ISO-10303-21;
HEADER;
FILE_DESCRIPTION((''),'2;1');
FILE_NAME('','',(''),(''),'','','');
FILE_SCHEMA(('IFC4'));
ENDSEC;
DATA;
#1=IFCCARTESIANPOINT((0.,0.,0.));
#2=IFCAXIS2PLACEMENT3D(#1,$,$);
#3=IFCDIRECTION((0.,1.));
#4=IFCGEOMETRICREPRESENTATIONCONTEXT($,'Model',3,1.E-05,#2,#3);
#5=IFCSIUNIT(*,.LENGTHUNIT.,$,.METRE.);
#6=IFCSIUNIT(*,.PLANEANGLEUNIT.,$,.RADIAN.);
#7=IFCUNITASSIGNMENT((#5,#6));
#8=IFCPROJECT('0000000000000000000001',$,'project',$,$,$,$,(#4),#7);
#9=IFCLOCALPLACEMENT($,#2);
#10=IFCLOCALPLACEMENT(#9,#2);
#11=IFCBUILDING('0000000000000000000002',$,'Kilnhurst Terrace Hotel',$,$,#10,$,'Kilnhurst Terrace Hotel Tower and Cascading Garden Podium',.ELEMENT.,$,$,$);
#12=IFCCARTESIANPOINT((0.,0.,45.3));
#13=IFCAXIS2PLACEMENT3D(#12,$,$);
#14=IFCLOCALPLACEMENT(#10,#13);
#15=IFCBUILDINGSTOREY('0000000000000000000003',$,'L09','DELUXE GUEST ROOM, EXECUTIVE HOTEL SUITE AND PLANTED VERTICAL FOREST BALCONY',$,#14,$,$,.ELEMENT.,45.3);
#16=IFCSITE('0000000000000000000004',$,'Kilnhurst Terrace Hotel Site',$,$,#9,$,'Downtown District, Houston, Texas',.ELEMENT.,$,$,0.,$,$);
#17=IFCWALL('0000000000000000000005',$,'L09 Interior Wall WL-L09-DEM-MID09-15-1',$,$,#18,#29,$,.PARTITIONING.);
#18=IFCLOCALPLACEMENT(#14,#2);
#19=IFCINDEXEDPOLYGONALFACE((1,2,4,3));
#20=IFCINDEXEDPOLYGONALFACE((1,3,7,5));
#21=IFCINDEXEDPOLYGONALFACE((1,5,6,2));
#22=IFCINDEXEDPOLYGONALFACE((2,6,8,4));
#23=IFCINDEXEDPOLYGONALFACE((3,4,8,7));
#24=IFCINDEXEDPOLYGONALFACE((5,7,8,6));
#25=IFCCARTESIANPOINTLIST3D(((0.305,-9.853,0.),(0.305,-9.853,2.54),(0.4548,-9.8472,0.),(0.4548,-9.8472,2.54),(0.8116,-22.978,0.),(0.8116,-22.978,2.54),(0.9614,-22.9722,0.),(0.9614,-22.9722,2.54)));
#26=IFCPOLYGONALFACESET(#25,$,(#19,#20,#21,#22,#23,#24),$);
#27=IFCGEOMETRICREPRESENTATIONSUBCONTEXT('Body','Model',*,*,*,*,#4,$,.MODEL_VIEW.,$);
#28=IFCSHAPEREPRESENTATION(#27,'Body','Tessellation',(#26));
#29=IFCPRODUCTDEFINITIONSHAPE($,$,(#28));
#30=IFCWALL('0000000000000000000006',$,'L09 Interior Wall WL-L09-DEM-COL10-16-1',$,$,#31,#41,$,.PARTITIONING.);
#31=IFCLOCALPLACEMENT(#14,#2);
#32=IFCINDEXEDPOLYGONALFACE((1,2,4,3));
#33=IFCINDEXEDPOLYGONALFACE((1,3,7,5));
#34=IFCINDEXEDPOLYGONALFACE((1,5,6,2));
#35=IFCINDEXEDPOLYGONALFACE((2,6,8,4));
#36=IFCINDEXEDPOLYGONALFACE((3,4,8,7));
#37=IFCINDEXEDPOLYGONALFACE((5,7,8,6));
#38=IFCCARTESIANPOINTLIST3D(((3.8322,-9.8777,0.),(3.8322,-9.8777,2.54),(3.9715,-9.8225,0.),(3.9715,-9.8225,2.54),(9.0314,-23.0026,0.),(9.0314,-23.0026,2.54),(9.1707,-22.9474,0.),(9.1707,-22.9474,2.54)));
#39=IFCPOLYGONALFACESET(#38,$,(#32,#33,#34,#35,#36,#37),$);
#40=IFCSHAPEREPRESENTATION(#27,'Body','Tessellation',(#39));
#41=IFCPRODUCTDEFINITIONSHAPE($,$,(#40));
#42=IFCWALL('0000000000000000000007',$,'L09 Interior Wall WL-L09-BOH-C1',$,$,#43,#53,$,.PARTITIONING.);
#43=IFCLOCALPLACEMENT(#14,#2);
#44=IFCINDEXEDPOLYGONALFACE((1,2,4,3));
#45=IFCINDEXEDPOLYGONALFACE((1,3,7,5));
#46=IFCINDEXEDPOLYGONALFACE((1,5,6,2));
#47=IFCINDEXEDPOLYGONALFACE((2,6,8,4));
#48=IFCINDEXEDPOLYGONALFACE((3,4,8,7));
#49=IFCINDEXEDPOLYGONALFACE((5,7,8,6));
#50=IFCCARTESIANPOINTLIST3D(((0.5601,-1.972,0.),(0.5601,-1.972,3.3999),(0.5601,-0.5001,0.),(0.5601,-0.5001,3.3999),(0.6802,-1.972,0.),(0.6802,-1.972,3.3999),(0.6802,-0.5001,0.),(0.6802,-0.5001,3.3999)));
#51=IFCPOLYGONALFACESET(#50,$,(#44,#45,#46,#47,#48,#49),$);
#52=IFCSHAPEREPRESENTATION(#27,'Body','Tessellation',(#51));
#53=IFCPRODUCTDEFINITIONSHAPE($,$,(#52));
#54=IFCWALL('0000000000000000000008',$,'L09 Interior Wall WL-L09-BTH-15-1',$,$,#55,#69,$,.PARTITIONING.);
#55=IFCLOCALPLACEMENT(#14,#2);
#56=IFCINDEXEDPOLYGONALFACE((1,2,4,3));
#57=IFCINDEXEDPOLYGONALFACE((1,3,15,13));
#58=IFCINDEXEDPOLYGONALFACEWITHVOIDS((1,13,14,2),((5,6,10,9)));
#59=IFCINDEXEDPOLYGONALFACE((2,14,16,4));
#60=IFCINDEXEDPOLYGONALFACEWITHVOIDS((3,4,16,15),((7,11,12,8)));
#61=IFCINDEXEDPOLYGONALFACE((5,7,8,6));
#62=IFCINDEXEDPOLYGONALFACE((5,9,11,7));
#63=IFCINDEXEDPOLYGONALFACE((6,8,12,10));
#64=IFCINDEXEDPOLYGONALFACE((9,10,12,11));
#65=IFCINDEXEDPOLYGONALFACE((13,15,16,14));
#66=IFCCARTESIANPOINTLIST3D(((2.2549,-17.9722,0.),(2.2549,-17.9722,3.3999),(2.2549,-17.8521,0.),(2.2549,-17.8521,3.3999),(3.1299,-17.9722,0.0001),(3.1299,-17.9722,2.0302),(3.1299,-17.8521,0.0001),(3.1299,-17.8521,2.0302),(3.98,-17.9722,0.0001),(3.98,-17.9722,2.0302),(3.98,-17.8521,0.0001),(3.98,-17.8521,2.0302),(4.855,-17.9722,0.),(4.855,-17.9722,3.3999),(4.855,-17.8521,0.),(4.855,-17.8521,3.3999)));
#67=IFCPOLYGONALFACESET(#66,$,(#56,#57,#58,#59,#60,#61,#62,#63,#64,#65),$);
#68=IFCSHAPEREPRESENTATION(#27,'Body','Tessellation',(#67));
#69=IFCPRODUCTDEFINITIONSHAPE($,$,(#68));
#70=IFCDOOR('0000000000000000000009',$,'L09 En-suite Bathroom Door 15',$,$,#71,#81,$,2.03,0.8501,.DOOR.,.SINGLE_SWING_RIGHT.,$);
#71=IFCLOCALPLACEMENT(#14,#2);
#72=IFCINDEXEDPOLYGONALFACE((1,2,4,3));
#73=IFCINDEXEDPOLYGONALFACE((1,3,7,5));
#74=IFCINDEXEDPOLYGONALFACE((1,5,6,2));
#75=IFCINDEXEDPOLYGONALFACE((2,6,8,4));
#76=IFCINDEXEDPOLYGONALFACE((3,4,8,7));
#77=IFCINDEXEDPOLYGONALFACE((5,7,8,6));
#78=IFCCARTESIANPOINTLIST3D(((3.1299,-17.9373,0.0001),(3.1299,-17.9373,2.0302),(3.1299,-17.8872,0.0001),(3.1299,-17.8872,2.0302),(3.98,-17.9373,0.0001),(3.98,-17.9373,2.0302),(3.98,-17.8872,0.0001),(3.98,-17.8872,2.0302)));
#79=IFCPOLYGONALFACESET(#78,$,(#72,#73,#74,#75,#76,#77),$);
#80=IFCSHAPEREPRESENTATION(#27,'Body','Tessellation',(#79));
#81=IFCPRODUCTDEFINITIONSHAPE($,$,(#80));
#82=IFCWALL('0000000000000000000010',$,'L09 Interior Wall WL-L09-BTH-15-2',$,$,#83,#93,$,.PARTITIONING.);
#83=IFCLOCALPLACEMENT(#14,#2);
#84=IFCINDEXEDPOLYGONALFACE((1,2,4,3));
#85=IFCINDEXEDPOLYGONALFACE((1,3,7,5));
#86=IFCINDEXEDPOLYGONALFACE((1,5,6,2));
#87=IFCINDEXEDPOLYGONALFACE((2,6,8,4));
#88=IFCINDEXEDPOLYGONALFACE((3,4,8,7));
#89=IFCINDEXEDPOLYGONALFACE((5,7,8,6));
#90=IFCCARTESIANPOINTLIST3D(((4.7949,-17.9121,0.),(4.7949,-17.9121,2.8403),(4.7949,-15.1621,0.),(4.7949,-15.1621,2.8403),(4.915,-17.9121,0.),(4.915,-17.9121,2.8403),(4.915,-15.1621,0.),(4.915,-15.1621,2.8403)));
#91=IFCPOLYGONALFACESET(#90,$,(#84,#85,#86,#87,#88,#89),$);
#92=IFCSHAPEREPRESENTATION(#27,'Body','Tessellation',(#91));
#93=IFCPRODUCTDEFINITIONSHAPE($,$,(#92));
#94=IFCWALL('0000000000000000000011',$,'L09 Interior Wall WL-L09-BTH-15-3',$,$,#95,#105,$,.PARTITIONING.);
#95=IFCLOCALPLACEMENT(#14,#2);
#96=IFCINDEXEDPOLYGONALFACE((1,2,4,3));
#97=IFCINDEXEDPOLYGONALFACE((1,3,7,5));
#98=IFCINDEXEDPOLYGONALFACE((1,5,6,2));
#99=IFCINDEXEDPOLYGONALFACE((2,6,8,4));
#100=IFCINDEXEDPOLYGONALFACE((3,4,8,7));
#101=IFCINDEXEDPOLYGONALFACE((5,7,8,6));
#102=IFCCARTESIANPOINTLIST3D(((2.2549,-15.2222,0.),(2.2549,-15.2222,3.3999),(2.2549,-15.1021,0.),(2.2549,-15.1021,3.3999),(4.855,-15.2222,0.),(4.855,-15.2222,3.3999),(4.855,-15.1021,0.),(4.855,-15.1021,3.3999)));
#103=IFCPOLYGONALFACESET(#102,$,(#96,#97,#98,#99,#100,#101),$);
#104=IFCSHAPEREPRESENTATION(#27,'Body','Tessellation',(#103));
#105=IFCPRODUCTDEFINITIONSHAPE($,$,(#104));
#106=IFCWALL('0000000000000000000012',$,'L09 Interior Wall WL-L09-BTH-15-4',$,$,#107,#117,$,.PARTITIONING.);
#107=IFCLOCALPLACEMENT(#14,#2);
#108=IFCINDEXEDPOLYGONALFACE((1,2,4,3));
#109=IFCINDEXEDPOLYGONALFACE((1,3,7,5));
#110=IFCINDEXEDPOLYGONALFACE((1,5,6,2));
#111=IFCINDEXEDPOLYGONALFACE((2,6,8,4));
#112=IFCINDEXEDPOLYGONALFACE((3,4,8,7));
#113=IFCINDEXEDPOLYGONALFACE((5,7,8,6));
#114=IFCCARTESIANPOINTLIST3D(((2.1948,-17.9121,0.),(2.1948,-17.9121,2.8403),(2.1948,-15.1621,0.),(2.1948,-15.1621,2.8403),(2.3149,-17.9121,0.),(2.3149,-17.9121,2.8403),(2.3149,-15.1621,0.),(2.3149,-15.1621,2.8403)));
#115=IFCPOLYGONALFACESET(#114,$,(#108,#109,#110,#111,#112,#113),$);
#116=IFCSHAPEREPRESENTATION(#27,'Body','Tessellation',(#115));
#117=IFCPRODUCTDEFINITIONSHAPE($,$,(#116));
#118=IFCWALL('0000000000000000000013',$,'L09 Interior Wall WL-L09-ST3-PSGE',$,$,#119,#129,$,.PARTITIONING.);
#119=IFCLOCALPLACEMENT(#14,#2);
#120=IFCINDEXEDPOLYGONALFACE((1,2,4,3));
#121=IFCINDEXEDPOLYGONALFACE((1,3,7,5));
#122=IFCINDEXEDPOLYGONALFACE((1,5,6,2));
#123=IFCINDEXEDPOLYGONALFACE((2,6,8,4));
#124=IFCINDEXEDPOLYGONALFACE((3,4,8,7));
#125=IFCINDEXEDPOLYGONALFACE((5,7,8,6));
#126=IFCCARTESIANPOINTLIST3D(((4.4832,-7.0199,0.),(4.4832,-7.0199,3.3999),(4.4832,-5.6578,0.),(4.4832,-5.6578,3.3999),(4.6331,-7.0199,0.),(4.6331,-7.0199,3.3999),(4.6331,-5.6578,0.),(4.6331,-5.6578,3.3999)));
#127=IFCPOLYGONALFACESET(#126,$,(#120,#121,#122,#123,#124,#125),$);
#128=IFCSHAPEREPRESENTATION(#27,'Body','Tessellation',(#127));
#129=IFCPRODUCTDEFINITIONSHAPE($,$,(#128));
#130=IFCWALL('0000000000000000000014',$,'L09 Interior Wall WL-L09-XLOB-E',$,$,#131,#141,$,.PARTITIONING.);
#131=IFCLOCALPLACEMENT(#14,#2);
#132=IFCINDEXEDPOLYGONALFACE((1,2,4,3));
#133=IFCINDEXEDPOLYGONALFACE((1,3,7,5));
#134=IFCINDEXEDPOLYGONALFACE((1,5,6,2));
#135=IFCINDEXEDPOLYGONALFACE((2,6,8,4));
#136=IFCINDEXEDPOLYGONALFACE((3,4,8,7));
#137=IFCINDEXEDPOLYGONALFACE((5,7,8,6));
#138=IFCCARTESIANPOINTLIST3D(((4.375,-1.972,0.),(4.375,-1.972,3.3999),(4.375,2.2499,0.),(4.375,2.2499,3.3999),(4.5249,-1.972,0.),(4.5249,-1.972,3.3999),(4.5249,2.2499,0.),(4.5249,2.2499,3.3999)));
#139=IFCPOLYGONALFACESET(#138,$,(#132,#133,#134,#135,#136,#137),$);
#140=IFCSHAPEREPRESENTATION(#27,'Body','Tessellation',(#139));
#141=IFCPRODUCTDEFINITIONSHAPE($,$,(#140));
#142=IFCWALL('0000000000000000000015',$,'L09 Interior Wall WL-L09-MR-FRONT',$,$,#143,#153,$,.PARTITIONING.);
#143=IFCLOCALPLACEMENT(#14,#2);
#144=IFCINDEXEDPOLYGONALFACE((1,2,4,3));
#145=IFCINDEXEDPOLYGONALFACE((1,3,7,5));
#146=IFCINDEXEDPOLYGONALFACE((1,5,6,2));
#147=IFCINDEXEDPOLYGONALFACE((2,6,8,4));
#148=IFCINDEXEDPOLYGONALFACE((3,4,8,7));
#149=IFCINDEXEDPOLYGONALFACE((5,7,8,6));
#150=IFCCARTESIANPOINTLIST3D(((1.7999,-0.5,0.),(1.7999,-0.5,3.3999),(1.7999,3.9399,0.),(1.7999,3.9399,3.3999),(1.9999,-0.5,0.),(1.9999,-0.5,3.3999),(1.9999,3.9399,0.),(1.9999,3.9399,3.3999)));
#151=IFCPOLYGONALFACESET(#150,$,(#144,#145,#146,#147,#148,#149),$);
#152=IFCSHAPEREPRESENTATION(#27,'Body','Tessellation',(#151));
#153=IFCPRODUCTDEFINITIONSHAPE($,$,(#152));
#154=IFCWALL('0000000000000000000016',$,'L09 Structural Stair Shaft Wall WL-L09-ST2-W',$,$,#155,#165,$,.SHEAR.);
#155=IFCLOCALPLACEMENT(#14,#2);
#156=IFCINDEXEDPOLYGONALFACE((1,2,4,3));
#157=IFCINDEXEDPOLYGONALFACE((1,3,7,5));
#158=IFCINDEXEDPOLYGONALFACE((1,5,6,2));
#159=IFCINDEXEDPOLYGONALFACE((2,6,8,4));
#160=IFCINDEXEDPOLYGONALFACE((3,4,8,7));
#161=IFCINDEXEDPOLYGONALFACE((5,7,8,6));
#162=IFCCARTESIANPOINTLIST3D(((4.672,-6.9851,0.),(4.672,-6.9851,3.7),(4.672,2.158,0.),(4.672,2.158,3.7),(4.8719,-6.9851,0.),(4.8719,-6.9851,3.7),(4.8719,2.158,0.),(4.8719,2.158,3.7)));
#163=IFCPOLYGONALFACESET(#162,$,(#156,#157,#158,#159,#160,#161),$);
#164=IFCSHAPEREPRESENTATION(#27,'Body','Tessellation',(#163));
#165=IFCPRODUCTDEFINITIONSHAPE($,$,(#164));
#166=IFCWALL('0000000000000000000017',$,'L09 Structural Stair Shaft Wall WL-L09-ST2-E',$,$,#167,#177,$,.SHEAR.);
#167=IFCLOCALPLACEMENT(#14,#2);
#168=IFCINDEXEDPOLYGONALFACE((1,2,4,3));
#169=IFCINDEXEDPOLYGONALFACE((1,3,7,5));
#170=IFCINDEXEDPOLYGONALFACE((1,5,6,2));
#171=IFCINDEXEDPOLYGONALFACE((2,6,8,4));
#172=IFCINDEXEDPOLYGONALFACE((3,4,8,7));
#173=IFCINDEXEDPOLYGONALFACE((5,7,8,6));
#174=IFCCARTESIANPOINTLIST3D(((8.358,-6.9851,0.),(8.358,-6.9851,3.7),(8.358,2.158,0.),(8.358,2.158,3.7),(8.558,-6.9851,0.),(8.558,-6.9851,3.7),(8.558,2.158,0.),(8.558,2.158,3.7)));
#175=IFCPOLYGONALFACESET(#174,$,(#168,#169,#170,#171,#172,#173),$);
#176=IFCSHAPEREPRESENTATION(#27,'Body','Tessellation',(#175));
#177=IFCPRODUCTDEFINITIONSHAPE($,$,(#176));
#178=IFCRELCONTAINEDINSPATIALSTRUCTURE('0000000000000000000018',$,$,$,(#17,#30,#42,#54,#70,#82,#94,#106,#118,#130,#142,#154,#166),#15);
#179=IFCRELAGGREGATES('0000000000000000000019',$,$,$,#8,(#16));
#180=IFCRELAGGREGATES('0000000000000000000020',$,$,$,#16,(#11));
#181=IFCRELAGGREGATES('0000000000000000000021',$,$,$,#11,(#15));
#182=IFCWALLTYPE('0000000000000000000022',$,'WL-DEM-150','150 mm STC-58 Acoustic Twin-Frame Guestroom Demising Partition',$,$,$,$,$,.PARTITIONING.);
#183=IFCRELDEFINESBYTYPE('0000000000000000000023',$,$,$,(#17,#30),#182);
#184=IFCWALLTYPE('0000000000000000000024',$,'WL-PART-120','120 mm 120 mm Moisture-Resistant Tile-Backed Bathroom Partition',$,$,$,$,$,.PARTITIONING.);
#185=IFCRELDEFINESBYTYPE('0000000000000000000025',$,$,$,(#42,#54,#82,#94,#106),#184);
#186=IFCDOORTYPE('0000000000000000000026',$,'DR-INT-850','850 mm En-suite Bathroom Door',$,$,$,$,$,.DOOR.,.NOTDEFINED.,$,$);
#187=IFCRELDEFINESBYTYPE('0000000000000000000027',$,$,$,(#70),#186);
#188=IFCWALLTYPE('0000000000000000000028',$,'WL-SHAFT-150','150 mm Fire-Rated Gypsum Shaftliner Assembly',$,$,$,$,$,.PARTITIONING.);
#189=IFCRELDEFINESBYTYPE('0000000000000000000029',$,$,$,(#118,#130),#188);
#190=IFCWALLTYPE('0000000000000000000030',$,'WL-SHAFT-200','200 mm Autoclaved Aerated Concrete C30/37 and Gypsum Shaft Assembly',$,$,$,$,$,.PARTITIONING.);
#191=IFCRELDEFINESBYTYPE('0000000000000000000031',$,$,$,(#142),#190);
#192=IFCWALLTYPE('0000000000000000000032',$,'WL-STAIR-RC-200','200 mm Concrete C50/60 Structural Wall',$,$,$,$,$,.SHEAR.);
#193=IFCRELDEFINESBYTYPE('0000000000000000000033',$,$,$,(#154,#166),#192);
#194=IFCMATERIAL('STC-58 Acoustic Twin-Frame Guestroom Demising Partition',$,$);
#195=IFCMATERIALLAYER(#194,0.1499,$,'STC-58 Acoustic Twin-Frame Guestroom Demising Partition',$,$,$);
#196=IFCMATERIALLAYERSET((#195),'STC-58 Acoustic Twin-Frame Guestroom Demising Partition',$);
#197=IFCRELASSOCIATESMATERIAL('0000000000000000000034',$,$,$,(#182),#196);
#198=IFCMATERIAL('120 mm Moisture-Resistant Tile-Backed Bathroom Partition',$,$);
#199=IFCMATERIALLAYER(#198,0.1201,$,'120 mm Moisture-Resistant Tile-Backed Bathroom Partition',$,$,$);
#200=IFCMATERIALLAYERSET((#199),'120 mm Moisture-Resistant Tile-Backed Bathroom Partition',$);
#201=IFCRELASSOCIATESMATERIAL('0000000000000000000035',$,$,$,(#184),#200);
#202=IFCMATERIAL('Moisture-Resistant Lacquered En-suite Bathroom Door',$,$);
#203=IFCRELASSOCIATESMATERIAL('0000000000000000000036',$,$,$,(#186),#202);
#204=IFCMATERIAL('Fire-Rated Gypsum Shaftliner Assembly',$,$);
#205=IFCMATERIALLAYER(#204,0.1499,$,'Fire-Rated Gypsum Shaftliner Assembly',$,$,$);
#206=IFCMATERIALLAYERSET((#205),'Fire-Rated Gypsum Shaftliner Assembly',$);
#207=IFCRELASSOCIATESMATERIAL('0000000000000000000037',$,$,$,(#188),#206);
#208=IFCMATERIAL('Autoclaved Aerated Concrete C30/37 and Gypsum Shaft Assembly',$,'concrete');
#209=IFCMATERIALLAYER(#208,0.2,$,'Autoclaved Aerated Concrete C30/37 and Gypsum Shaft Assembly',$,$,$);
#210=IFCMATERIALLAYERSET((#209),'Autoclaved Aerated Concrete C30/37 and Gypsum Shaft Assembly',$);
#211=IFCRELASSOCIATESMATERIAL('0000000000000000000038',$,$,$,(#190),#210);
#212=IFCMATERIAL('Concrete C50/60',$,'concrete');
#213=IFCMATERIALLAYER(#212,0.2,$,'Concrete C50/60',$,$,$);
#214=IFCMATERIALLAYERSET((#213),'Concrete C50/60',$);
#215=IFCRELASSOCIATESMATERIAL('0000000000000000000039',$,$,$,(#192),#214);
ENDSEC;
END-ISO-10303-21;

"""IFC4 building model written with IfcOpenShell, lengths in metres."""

from ifc_helpers import new_model, si_unit, direction, frame, frame_2d, origin, place, context, subcontext, project, spatial, rectangle, extrude, material, layer, layer_set, type_object, element, fill, save


model = new_model("IFC4")

# Units and contexts
model_context = context("Model", 3, precision=1e-05, world=origin(), true_north=direction((0.0, 1.0)))
body_context = subcontext(model_context, "Body", "Model", "MODEL_VIEW")
ifc_project = project(units=[si_unit("LENGTHUNIT", "METRE"), si_unit("PLANEANGLEUNIT", "RADIAN")], contexts=[model_context])

# Site, building, storey
site_placement = place(None, origin())
site = spatial("IfcSite", under=ifc_project, at=site_placement, Name="Kilnhurst Terrace Hotel Site", LongName="Downtown District, Houston, Texas", CompositionType="ELEMENT", RefElevation=0.0)
building_placement = place(site_placement, origin())
building = spatial("IfcBuilding", under=site, at=building_placement, Name="Kilnhurst Terrace Hotel", LongName="Kilnhurst Terrace Hotel Tower and Cascading Garden Podium", CompositionType="ELEMENT")
storey_placement = place(building_placement, frame((0.0, 0.0, 45.3)))
storey = spatial("IfcBuildingStorey", under=building, at=storey_placement, Name="L09", Description="DELUXE GUEST ROOM, EXECUTIVE HOTEL SUITE AND PLANTED VERTICAL FOREST BALCONY", CompositionType="ELEMENT", Elevation=45.3)

# Shared definitions
ifc_material_1 = material(Name="Concrete C50/60", Category="concrete")

# Walls
ifc_material_2 = material(Name="STC-58 Acoustic Twin-Frame Guestroom Demising Partition")
ifc_layer_1 = layer(ifc_material_2, 0.1499, Name="STC-58 Acoustic Twin-Frame Guestroom Demising Partition")
ifc_layer_set_1 = layer_set([ifc_layer_1], Name="STC-58 Acoustic Twin-Frame Guestroom Demising Partition")
wall_type_1 = type_object("IfcWallType", Name="WL-DEM-150", Description="150 mm STC-58 Acoustic Twin-Frame Guestroom Demising Partition", PredefinedType="PARTITIONING", material=ifc_layer_set_1)
wall_1_placement = place(storey_placement, frame((0.3799, -9.8501, 0.0), z_axis=(0.0, 0.0, 1.0), x_axis=(0.038569, -0.999256, 0.0)))
element("IfcWall", 1, at=wall_1_placement, inside=storey, type_object=wall_type_1, Name="L09 Interior Wall WL-L09-DEM-MID09-15-1", PredefinedType="PARTITIONING", context=body_context, shape_type="SweptSolid", body=[
    extrude(rectangle(XDim=13.1348, YDim=0.1499, at=frame_2d((6.5674, 0.0))), origin(), (0.0, 0.0, 1.0), 2.54),
])
wall_2_placement = place(storey_placement, frame((3.9019, -9.8501, 0.0), z_axis=(0.0, 0.0, 1.0), x_axis=(0.368288, -0.929712, 0.0)))
element("IfcWall", 2, at=wall_2_placement, inside=storey, type_object=wall_type_1, Name="L09 Interior Wall WL-L09-DEM-COL10-16-1", PredefinedType="PARTITIONING", context=body_context, shape_type="SweptSolid", body=[
    extrude(rectangle(XDim=14.1172, YDim=0.1499, at=frame_2d((7.0586, 0.0))), origin(), (0.0, 0.0, 1.0), 2.54),
])
ifc_material_3 = material(Name="120 mm Moisture-Resistant Tile-Backed Bathroom Partition")
ifc_layer_2 = layer(ifc_material_3, 0.1201, Name="120 mm Moisture-Resistant Tile-Backed Bathroom Partition")
ifc_layer_set_2 = layer_set([ifc_layer_2], Name="120 mm Moisture-Resistant Tile-Backed Bathroom Partition")
wall_type_2 = type_object("IfcWallType", Name="WL-PART-120", Description="120 mm 120 mm Moisture-Resistant Tile-Backed Bathroom Partition", PredefinedType="PARTITIONING", material=ifc_layer_set_2)
wall_3_placement = place(storey_placement, frame((0.6201, -1.9719, 0.0), z_axis=(0.0, 0.0, 1.0), x_axis=(0.0, 1.0, 0.0)))
element("IfcWall", 3, at=wall_3_placement, inside=storey, type_object=wall_type_2, Name="L09 Interior Wall WL-L09-BOH-C1", PredefinedType="PARTITIONING", context=body_context, shape_type="SweptSolid", body=[
    extrude(rectangle(XDim=1.4719, YDim=0.1201, at=frame_2d((0.7358, 0.0))), origin(), (0.0, 0.0, 1.0), 3.3999),
])

# Wall, opening, door
wall_4_placement = place(storey_placement, frame((2.2549, -17.9121, 0.0), z_axis=(0.0, 0.0, 1.0), x_axis=(1.0, 0.0, 0.0)))
wall_4 = element("IfcWall", 4, at=wall_4_placement, inside=storey, type_object=wall_type_2, Name="L09 Interior Wall WL-L09-BTH-15-1", PredefinedType="PARTITIONING", context=body_context, shape_type="SweptSolid", body=[
    extrude(rectangle(XDim=2.6001, YDim=0.1201, at=frame_2d((1.3, 0.0))), origin(), (0.0, 0.0, 1.0), 3.3999),
])
opening_1_placement = place(wall_4_placement, frame((0.875, 0.0, 0.0)))
opening_1 = element("IfcOpeningElement", 5, at=opening_1_placement, cuts=wall_4, PredefinedType="OPENING", context=body_context, shape_type="SweptSolid", body=[
    extrude(rectangle(XDim=0.8501, YDim=2.03, at=frame_2d((0.425, 1.0151))), frame((0.0, 0.0701, 0.0), z_axis=(0.0, -1.0, 0.0), x_axis=(1.0, 0.0, 0.0)), (0.0, 0.0, 1.0), 0.1401),
])
ifc_material_4 = material(Name="Moisture-Resistant Lacquered En-suite Bathroom Door")
door_type_1 = type_object("IfcDoorType", Name="DR-INT-850", Description="850 mm En-suite Bathroom Door", OperationType="NOTDEFINED", PredefinedType="DOOR", material=ifc_material_4)
door_1_placement = place(opening_1_placement, origin())
door_1 = element("IfcDoor", 6, at=door_1_placement, inside=storey, type_object=door_type_1, Name="L09 En-suite Bathroom Door 15", OperationType="SINGLE_SWING_RIGHT", OverallHeight=2.03, OverallWidth=0.8501, PredefinedType="DOOR", context=body_context, shape_type="SweptSolid", body=[
    extrude(rectangle(XDim=0.8501, YDim=2.03, at=frame_2d((0.425, 1.0151))), frame((0.0, 0.0249, 0.0), z_axis=(0.0, -1.0, 0.0), x_axis=(1.0, 0.0, 0.0)), (0.0, 0.0, 1.0), 0.05),
])
fill(opening_1, door_1)

# Walls
wall_5_placement = place(storey_placement, frame((4.855, -17.9121, 0.0), z_axis=(0.0, 0.0, 1.0), x_axis=(0.0, 1.0, 0.0)))
element("IfcWall", 7, at=wall_5_placement, inside=storey, type_object=wall_type_2, Name="L09 Interior Wall WL-L09-BTH-15-2", PredefinedType="PARTITIONING", context=body_context, shape_type="SweptSolid", body=[
    extrude(rectangle(XDim=2.75, YDim=0.1201, at=frame_2d((1.375, 0.0))), origin(), (0.0, 0.0, 1.0), 2.8403),
])
wall_6_placement = place(storey_placement, frame((4.855, -15.1621, 0.0), z_axis=(0.0, 0.0, 1.0), x_axis=(-1.0, 0.0, 0.0)))
element("IfcWall", 8, at=wall_6_placement, inside=storey, type_object=wall_type_2, Name="L09 Interior Wall WL-L09-BTH-15-3", PredefinedType="PARTITIONING", context=body_context, shape_type="SweptSolid", body=[
    extrude(rectangle(XDim=2.6001, YDim=0.1201, at=frame_2d((1.3, 0.0))), origin(), (0.0, 0.0, 1.0), 3.3999),
])
wall_7_placement = place(storey_placement, frame((2.2549, -15.1621, 0.0), z_axis=(0.0, 0.0, 1.0), x_axis=(0.0, -1.0, 0.0)))
element("IfcWall", 9, at=wall_7_placement, inside=storey, type_object=wall_type_2, Name="L09 Interior Wall WL-L09-BTH-15-4", PredefinedType="PARTITIONING", context=body_context, shape_type="SweptSolid", body=[
    extrude(rectangle(XDim=2.75, YDim=0.1201, at=frame_2d((1.375, 0.0))), origin(), (0.0, 0.0, 1.0), 2.8403),
])
ifc_material_5 = material(Name="Fire-Rated Gypsum Shaftliner Assembly")
ifc_layer_3 = layer(ifc_material_5, 0.1499, Name="Fire-Rated Gypsum Shaftliner Assembly")
ifc_layer_set_3 = layer_set([ifc_layer_3], Name="Fire-Rated Gypsum Shaftliner Assembly")
wall_type_3 = type_object("IfcWallType", Name="WL-SHAFT-150", Description="150 mm Fire-Rated Gypsum Shaftliner Assembly", PredefinedType="PARTITIONING", material=ifc_layer_set_3)
wall_8_placement = place(storey_placement, frame((4.5581, -7.02, 0.0), z_axis=(0.0, 0.0, 1.0), x_axis=(0.0, 1.0, 0.0)))
element("IfcWall", 10, at=wall_8_placement, inside=storey, type_object=wall_type_3, Name="L09 Interior Wall WL-L09-ST3-PSGE", PredefinedType="PARTITIONING", context=body_context, shape_type="SweptSolid", body=[
    extrude(rectangle(XDim=1.3621, YDim=0.1499, at=frame_2d((0.6812, 0.0))), origin(), (0.0, 0.0, 1.0), 3.3999),
])
wall_9_placement = place(storey_placement, frame((4.45, -1.9719, 0.0), z_axis=(0.0, 0.0, 1.0), x_axis=(0.0, 1.0, 0.0)))
element("IfcWall", 11, at=wall_9_placement, inside=storey, type_object=wall_type_3, Name="L09 Interior Wall WL-L09-XLOB-E", PredefinedType="PARTITIONING", context=body_context, shape_type="SweptSolid", body=[
    extrude(rectangle(XDim=4.2219, YDim=0.1499, at=frame_2d((2.1108, 0.0))), origin(), (0.0, 0.0, 1.0), 3.3999),
])
ifc_material_6 = material(Name="Autoclaved Aerated Concrete C30/37 and Gypsum Shaft Assembly", Category="concrete")
ifc_layer_4 = layer(ifc_material_6, 0.2, Name="Autoclaved Aerated Concrete C30/37 and Gypsum Shaft Assembly")
ifc_layer_set_4 = layer_set([ifc_layer_4], Name="Autoclaved Aerated Concrete C30/37 and Gypsum Shaft Assembly")
wall_type_4 = type_object("IfcWallType", Name="WL-SHAFT-200", Description="200 mm Autoclaved Aerated Concrete C30/37 and Gypsum Shaft Assembly", PredefinedType="PARTITIONING", material=ifc_layer_set_4)
wall_10_placement = place(storey_placement, frame((1.8999, -0.5, 0.0), z_axis=(0.0, 0.0, 1.0), x_axis=(0.0, 1.0, 0.0)))
element("IfcWall", 12, at=wall_10_placement, inside=storey, type_object=wall_type_4, Name="L09 Interior Wall WL-L09-MR-FRONT", PredefinedType="PARTITIONING", context=body_context, shape_type="SweptSolid", body=[
    extrude(rectangle(XDim=4.4399, YDim=0.2, at=frame_2d((2.22, 0.0))), origin(), (0.0, 0.0, 1.0), 3.3999),
])
ifc_layer_5 = layer(ifc_material_1, 0.2, Name="Concrete C50/60")
ifc_layer_set_5 = layer_set([ifc_layer_5], Name="Concrete C50/60")
wall_type_5 = type_object("IfcWallType", Name="WL-STAIR-RC-200", Description="200 mm Concrete C50/60 Structural Wall", PredefinedType="SHEAR", material=ifc_layer_set_5)
for number, where, z_axis, x_axis, name in (
    (13, (4.772, -6.9851, 0.0), (0.0, 0.0, 1.0), (0.0, 1.0, 0.0), "L09 Structural Stair Shaft Wall WL-L09-ST2-W"),
    (14, (8.458, -6.9851, 0.0), (0.0, 0.0, 1.0), (0.0, 1.0, 0.0), "L09 Structural Stair Shaft Wall WL-L09-ST2-E"),
):
    element("IfcWall", number, at=place(storey_placement, frame(where, z_axis=z_axis, x_axis=x_axis)), inside=storey, type_object=wall_type_5, Name=name, PredefinedType="SHEAR", context=body_context, shape_type="SweptSolid", body=[
        extrude(rectangle(XDim=9.1431, YDim=0.2, at=frame_2d((4.5715, 0.0))), origin(), (0.0, 0.0, 1.0), 3.7),
    ])

save(model, "model.ifc")
